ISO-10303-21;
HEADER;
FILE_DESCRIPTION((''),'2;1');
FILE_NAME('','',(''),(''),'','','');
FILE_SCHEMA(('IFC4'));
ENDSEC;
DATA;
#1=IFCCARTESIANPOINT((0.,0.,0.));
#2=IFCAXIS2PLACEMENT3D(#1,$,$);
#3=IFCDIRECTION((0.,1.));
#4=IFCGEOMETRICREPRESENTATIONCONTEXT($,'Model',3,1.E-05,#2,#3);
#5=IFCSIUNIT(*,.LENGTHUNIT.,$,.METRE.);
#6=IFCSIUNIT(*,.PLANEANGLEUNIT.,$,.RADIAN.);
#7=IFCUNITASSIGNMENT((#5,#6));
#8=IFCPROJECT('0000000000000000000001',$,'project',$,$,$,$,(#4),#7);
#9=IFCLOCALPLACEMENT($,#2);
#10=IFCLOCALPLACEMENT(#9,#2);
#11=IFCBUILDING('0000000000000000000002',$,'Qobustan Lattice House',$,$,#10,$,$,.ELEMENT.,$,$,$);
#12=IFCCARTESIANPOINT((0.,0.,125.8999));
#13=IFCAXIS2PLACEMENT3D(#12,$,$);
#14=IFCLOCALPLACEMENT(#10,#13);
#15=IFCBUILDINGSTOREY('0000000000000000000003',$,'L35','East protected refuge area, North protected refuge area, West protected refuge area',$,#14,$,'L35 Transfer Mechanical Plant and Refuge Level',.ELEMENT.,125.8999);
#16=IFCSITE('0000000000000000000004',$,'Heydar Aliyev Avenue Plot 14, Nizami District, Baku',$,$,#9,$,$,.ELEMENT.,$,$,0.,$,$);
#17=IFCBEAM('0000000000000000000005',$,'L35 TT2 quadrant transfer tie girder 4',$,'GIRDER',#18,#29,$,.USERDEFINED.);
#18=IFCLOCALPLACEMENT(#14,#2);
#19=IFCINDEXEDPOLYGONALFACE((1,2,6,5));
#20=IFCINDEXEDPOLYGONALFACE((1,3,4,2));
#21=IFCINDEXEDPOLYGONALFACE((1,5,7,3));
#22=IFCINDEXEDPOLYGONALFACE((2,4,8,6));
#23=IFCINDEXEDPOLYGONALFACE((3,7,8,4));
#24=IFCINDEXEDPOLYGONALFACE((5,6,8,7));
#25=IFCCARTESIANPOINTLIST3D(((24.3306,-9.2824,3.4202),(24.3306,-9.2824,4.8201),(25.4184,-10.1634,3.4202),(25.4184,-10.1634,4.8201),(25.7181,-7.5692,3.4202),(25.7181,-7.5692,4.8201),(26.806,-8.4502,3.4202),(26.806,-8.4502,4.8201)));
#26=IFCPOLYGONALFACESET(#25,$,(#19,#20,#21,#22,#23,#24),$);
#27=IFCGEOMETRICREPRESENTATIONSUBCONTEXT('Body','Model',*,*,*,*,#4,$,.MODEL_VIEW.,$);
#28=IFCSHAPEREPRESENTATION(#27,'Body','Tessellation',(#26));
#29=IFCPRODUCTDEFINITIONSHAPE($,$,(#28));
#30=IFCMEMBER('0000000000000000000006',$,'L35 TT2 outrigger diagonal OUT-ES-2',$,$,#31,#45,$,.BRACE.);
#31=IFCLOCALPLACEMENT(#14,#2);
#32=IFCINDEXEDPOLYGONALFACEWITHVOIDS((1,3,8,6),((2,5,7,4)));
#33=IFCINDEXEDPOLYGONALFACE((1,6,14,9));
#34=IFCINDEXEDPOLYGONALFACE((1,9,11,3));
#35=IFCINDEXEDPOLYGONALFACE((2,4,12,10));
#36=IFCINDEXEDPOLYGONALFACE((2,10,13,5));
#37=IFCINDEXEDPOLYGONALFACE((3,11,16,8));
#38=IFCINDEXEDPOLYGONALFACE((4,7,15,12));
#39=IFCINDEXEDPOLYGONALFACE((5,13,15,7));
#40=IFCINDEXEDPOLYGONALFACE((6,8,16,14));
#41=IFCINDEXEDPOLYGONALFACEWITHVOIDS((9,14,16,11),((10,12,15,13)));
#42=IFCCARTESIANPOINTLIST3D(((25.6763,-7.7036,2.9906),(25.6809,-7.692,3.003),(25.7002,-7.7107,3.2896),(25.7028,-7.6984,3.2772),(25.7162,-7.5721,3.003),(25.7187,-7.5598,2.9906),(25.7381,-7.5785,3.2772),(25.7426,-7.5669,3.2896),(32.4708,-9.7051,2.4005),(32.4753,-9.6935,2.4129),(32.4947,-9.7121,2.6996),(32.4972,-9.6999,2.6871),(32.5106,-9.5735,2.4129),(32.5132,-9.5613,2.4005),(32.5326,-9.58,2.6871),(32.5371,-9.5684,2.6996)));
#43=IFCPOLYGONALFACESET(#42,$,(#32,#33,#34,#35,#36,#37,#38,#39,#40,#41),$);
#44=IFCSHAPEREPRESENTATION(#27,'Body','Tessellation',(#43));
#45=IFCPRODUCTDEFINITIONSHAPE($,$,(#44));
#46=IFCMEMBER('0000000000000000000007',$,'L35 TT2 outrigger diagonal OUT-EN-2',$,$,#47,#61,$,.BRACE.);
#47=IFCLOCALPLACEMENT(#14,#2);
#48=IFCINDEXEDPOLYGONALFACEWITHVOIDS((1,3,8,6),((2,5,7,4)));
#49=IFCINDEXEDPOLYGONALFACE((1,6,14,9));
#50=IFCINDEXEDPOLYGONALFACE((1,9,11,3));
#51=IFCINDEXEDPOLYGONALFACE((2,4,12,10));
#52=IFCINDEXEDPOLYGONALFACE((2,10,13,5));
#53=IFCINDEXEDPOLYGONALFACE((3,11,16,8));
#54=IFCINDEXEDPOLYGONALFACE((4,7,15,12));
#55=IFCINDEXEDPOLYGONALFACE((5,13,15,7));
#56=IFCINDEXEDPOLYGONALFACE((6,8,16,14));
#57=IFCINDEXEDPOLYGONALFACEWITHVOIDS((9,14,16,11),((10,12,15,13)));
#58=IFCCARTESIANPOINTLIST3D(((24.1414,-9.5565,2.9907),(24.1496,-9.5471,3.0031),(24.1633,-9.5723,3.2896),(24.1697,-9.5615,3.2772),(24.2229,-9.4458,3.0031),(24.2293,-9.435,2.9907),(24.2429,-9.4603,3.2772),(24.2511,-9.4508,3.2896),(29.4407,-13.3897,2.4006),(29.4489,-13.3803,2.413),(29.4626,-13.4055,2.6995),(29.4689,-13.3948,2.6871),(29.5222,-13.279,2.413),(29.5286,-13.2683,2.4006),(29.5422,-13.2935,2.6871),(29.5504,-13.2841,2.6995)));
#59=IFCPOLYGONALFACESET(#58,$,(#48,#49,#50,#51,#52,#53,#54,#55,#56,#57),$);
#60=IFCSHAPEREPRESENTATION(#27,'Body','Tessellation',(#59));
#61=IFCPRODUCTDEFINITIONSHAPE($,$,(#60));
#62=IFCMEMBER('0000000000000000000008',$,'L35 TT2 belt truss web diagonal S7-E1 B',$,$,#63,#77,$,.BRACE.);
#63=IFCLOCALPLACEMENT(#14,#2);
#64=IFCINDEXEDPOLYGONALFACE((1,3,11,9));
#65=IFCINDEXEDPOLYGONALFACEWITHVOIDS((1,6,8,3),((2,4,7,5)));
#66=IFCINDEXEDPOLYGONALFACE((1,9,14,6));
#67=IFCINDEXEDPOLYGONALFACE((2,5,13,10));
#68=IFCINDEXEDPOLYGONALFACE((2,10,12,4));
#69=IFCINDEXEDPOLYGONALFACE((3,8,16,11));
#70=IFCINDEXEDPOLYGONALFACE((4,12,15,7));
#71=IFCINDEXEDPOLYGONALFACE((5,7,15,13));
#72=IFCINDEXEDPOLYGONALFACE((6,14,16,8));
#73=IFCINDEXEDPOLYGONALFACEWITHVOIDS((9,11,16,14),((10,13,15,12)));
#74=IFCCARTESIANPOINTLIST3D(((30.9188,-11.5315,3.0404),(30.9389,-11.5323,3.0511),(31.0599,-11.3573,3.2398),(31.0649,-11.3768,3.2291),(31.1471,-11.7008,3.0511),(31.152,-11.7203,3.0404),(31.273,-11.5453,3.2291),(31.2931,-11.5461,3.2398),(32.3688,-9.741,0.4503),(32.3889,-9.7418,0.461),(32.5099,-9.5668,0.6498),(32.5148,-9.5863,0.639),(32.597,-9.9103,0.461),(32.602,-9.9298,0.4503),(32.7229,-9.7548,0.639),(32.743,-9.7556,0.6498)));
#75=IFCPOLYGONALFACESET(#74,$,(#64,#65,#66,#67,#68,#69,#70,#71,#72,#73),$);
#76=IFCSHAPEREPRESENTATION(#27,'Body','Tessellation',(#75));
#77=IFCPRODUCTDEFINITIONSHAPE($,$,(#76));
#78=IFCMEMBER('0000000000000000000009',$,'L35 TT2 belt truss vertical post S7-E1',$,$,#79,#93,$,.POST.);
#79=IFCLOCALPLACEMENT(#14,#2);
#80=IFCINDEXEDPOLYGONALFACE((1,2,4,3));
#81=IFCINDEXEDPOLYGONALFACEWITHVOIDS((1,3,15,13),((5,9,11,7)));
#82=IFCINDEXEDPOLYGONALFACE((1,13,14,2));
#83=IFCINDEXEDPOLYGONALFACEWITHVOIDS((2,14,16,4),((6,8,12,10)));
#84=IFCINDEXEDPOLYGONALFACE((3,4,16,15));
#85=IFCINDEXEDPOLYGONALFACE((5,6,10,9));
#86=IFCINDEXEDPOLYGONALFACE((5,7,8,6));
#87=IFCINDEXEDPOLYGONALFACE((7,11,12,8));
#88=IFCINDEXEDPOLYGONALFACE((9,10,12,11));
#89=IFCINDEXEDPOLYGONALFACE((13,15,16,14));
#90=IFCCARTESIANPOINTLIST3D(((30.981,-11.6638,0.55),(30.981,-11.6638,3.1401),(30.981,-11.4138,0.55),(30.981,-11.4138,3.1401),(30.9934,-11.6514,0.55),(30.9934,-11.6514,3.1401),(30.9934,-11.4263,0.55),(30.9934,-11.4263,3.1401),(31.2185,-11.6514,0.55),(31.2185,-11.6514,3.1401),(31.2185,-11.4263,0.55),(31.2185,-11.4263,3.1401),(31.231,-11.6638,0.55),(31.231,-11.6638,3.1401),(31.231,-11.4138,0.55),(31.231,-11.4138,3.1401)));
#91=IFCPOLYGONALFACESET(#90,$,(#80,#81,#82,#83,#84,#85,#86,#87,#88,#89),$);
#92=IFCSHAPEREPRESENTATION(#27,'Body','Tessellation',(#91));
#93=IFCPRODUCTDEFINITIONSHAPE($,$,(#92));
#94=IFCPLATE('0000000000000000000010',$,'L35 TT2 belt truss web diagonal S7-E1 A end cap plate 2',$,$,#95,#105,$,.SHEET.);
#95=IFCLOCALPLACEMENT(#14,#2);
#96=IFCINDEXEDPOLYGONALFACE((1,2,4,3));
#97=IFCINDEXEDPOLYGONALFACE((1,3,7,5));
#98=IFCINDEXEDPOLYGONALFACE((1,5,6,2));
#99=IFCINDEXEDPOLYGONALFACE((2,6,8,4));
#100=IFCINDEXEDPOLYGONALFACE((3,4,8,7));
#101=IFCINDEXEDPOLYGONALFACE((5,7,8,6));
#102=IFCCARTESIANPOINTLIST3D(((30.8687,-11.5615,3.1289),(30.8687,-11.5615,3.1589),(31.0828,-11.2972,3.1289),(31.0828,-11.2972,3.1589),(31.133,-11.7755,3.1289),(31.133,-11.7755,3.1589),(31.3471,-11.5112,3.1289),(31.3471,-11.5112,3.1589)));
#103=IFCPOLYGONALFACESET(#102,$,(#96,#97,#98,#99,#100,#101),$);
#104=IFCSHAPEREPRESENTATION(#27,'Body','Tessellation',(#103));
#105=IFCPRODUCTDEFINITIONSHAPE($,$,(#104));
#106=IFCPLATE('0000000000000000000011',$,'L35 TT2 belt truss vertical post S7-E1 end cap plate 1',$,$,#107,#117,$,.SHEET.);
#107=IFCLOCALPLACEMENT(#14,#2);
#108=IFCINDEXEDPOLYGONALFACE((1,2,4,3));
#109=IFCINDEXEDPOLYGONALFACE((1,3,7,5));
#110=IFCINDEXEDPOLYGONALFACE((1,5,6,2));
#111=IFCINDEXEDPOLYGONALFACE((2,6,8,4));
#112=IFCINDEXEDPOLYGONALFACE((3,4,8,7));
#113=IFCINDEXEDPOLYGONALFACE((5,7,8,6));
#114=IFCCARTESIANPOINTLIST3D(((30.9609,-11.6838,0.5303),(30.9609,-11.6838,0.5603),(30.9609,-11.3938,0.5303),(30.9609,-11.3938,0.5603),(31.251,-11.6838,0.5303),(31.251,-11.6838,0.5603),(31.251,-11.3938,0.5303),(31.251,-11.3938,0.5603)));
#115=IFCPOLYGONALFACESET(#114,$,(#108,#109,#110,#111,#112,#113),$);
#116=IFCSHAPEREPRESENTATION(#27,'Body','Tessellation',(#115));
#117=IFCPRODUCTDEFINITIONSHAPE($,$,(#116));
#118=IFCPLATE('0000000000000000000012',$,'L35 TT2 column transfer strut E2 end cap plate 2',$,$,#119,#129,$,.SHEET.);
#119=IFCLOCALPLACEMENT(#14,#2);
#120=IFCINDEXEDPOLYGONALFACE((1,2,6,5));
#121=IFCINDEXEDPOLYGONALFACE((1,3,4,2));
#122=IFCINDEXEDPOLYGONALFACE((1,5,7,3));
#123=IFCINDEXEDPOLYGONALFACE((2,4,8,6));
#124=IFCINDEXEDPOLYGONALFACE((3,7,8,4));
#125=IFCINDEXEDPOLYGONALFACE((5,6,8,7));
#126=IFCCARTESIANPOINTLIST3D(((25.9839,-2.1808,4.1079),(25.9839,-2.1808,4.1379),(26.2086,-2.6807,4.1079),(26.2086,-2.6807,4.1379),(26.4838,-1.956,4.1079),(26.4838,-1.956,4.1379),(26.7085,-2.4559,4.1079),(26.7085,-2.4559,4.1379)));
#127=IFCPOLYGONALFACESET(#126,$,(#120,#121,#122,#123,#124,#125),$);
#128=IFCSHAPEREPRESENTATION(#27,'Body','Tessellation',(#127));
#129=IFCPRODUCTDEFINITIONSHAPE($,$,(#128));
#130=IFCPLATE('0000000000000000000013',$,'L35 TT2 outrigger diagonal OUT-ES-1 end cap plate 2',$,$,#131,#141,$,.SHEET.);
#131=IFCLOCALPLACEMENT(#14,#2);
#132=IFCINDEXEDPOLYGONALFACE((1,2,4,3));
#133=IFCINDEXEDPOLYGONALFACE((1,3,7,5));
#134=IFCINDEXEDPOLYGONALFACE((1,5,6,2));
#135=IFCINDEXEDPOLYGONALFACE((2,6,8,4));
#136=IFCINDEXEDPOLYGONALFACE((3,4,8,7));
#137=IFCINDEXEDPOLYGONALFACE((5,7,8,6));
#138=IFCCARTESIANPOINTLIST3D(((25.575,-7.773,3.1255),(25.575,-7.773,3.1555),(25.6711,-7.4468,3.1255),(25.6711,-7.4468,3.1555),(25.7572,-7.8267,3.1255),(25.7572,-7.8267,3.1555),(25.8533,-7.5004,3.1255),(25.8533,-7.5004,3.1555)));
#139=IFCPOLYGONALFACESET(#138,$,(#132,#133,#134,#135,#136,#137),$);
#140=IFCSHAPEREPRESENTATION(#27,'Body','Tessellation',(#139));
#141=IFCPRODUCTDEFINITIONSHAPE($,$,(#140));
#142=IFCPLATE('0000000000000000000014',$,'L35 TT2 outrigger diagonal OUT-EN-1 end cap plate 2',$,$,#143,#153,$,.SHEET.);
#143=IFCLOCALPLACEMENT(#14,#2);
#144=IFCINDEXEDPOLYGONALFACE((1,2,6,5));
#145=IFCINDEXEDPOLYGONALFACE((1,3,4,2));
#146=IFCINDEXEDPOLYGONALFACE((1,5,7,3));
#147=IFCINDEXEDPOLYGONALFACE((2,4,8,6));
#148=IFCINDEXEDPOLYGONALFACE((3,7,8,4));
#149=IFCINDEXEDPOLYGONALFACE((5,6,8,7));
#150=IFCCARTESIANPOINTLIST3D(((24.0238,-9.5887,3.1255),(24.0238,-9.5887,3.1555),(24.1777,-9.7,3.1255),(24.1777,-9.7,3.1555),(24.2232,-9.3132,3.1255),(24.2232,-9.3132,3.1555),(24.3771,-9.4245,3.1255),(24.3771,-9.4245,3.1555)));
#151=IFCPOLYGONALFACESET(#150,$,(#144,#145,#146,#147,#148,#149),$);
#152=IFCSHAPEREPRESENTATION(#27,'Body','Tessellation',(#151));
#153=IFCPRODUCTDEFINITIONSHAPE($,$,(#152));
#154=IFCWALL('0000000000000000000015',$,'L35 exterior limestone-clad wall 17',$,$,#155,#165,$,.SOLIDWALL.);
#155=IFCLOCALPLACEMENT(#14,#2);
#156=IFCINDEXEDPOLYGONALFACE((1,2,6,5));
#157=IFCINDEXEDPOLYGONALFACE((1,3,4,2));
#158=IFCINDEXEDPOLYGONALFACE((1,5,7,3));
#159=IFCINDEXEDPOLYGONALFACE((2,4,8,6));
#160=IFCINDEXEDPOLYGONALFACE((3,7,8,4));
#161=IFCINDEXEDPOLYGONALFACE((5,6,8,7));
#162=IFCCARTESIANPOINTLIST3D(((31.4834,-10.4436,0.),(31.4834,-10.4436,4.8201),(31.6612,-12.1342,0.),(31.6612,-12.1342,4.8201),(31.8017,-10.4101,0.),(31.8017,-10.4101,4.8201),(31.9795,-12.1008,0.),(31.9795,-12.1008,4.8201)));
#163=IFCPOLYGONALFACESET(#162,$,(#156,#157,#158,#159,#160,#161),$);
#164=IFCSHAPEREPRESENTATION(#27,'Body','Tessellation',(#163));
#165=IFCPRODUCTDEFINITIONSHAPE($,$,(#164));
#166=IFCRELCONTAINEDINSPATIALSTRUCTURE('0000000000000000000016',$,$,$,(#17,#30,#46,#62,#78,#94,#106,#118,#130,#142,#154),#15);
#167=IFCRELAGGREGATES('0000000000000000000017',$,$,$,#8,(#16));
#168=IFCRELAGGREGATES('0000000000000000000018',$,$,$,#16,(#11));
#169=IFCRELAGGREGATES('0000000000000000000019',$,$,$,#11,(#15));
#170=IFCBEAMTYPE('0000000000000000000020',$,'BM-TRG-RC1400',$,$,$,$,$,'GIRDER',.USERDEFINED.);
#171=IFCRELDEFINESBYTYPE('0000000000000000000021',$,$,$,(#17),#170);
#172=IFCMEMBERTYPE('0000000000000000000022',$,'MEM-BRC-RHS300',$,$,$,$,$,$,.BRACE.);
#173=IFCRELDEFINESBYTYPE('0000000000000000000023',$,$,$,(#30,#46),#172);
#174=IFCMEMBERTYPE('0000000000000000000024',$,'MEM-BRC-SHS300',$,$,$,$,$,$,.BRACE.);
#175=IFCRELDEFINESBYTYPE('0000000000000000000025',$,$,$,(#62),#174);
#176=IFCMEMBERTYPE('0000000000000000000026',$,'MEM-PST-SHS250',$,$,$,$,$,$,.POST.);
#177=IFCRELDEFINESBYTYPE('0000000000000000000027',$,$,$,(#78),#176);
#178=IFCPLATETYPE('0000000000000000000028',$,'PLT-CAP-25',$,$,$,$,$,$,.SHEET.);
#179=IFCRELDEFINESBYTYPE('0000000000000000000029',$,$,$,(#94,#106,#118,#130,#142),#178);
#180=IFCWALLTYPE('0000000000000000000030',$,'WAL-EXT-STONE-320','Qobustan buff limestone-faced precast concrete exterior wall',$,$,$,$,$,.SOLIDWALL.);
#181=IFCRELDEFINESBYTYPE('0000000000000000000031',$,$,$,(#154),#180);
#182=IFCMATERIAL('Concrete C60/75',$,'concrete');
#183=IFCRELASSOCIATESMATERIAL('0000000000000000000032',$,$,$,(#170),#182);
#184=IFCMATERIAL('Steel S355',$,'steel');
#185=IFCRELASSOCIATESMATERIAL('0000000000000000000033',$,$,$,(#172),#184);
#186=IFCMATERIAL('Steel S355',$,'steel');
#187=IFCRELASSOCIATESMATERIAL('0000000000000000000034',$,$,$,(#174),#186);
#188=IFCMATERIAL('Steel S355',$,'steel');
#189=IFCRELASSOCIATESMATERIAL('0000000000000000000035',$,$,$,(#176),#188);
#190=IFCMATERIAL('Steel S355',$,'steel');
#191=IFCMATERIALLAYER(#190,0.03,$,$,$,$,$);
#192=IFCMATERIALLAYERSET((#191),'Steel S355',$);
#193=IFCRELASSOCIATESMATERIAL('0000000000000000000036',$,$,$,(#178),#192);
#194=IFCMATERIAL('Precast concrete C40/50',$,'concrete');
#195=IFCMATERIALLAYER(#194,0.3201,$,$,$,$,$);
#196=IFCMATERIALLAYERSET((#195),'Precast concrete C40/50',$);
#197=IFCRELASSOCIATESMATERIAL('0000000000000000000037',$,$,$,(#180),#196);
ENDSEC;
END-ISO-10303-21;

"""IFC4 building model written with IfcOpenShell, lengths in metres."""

from ifc_helpers import new_model, si_unit, direction, frame, frame_2d, origin, origin_2d, place, context, subcontext, project, spatial, rectangle, hollow_rectangle, extrude, material, layer, layer_set, material_profile, profile_set, type_object, element, save


model = new_model("IFC4")

# Units and contexts
model_context = context("Model", 3, precision=1e-05, world=origin(), true_north=direction((0.0, 1.0)))
body_context = subcontext(model_context, "Body", "Model", "MODEL_VIEW")
ifc_project = project(units=[si_unit("LENGTHUNIT", "METRE"), si_unit("PLANEANGLEUNIT", "RADIAN")], contexts=[model_context])

# Site, building, storey
site_placement = place(None, origin())
site = spatial("IfcSite", under=ifc_project, at=site_placement, Name="Heydar Aliyev Avenue Plot 14, Nizami District, Baku", CompositionType="ELEMENT", RefElevation=0.0)
building_placement = place(site_placement, origin())
building = spatial("IfcBuilding", under=site, at=building_placement, Name="Qobustan Lattice House", CompositionType="ELEMENT")
storey_placement = place(building_placement, frame((0.0, 0.0, 125.8999)))
storey = spatial("IfcBuildingStorey", under=building, at=storey_placement, Name="L35", Description="East protected refuge area, North protected refuge area, West protected refuge area", LongName="L35 Transfer Mechanical Plant and Refuge Level", CompositionType="ELEMENT", Elevation=125.8999)

# Beam
ifc_material_1 = material(Name="Concrete C60/75", Category="concrete")
ifc_material_profile_1 = material_profile(ifc_material_1, rectangle(XDim=1.3999, YDim=1.3999, at=origin_2d()), Name="RC1400x1400")
ifc_profile_set_1 = profile_set([ifc_material_profile_1], Name="Concrete C60/75")
beam_type = type_object("IfcBeamType", Name="BM-TRG-RC1400", ElementType="GIRDER", PredefinedType="USERDEFINED", material=ifc_profile_set_1)
beam_placement = place(storey_placement, frame((24.8745, -9.7229, 4.1201), z_axis=(0.62937, 0.777106, 0.0), x_axis=(-0.777106, 0.62937, 0.0)))
element("IfcBeam", 1, at=beam_placement, inside=storey, type_object=beam_type, Name="L35 TT2 quadrant transfer tie girder 4", ObjectType="GIRDER", PredefinedType="USERDEFINED", context=body_context, shape_type="SweptSolid", body=[
    extrude(rectangle(XDim=1.3999, YDim=1.3999, at=origin_2d()), origin(), (0.0, 0.0, 1.0), 2.2046),
])

# Members
ifc_material_2 = material(Name="Steel S355", Category="steel")
ifc_material_profile_2 = material_profile(ifc_material_2, hollow_rectangle(XDim=0.1499, YDim=0.3, WallThickness=0.0125, at=origin_2d()), Name="RHS300x150x12.5")
ifc_profile_set_2 = profile_set([ifc_material_profile_2], Name="Steel S355")
member_type_1 = type_object("IfcMemberType", Name="MEM-BRC-RHS300", PredefinedType="BRACE", material=ifc_profile_set_2)
member_1_placement = place(storey_placement, frame((25.7095, -7.6353, 3.1401), z_axis=(0.955935, -0.281594, -0.083022), x_axis=(0.282569, 0.959247, 0.0)))
element("IfcMember", 2, at=member_1_placement, inside=storey, type_object=member_type_1, Name="L35 TT2 outrigger diagonal OUT-ES-2", PredefinedType="BRACE", context=body_context, shape_type="SweptSolid", body=[
    extrude(hollow_rectangle(XDim=0.1499, YDim=0.3, WallThickness=0.0125, at=origin_2d()), origin(), (0.0, 0.0, 1.0), 7.1077),
])
member_2_placement = place(storey_placement, frame((24.1963, -9.5037, 3.1401), z_axis=(0.806968, -0.583719, -0.089857), x_axis=(0.58609, 0.810246, 0.0)))
element("IfcMember", 3, at=member_2_placement, inside=storey, type_object=member_type_1, Name="L35 TT2 outrigger diagonal OUT-EN-2", PredefinedType="BRACE", context=body_context, shape_type="SweptSolid", body=[
    extrude(hollow_rectangle(XDim=0.1499, YDim=0.3, WallThickness=0.0125, at=origin_2d()), origin(), (0.0, 0.0, 1.0), 6.5669),
])
ifc_material_3 = material(Name="Steel S355", Category="steel")
ifc_material_profile_3 = material_profile(ifc_material_3, hollow_rectangle(XDim=0.3, YDim=0.3, WallThickness=0.0161, at=origin_2d()), Name="SHS300x300x16")
ifc_profile_set_3 = profile_set([ifc_material_profile_3], Name="Steel S355")
member_type_2 = type_object("IfcMemberType", Name="MEM-BRC-SHS300", PredefinedType="BRACE", material=ifc_profile_set_3)
member_3_placement = place(storey_placement, frame((31.106, -11.5388, 3.1401), z_axis=(0.41827, 0.516517, -0.747168), x_axis=(-0.777144, 0.629323, 0.0)))
element("IfcMember", 4, at=member_3_placement, inside=storey, type_object=member_type_2, Name="L35 TT2 belt truss web diagonal S7-E1 B", PredefinedType="BRACE", context=body_context, shape_type="SweptSolid", body=[
    extrude(hollow_rectangle(XDim=0.3, YDim=0.3, WallThickness=0.0161, at=origin_2d()), origin(), (0.0, 0.0, 1.0), 3.4666),
])
ifc_material_4 = material(Name="Steel S355", Category="steel")
ifc_material_profile_4 = material_profile(ifc_material_4, hollow_rectangle(XDim=0.25, YDim=0.25, WallThickness=0.0125, at=origin_2d()), Name="SHS250x250x12.5")
ifc_profile_set_4 = profile_set([ifc_material_profile_4], Name="Steel S355")
member_type_3 = type_object("IfcMemberType", Name="MEM-PST-SHS250", PredefinedType="POST", material=ifc_profile_set_4)
member_4_placement = place(storey_placement, frame((31.106, -11.5388, 0.55), z_axis=(0.0, 0.0, 1.0), x_axis=(1.0, 0.0, 0.0)))
element("IfcMember", 5, at=member_4_placement, inside=storey, type_object=member_type_3, Name="L35 TT2 belt truss vertical post S7-E1", PredefinedType="POST", context=body_context, shape_type="SweptSolid", body=[
    extrude(hollow_rectangle(XDim=0.25, YDim=0.25, WallThickness=0.0125, at=origin_2d()), origin(), (0.0, 0.0, 1.0), 2.5901),
])

# Plates
ifc_material_5 = material(Name="Steel S355", Category="steel")
ifc_layer_1 = layer(ifc_material_5, 0.03)
ifc_layer_set_1 = layer_set([ifc_layer_1], Name="Steel S355")
plate_type = type_object("IfcPlateType", Name="PLT-CAP-25", PredefinedType="SHEET", material=ifc_layer_set_1)
plate_1_placement = place(storey_placement, frame((31.1079, -11.5364, 3.1289), z_axis=(0.0, 0.0, 1.0), x_axis=(0.629348, 0.777124, 0.0)))
element("IfcPlate", 6, at=plate_1_placement, inside=storey, type_object=plate_type, Name="L35 TT2 belt truss web diagonal S7-E1 A end cap plate 2", PredefinedType="SHEET", context=body_context, shape_type="SweptSolid", body=[
    extrude(rectangle(XDim=0.3401, YDim=0.3401, at=origin_2d()), origin(), (0.0, 0.0, 1.0), 0.03),
])
plate_2_placement = place(storey_placement, frame((31.106, -11.5388, 0.5303), z_axis=(0.0, 0.0, 1.0), x_axis=(1.0, 0.0, 0.0)))
element("IfcPlate", 7, at=plate_2_placement, inside=storey, type_object=plate_type, Name="L35 TT2 belt truss vertical post S7-E1 end cap plate 1", PredefinedType="SHEET", context=body_context, shape_type="SweptSolid", body=[
    extrude(rectangle(XDim=0.29, YDim=0.29, at=origin_2d()), origin(), (0.0, 0.0, 1.0), 0.03),
])
plate_3_placement = place(storey_placement, frame((26.3462, -2.3184, 4.1079), z_axis=(0.0, 0.0, 1.0), x_axis=(-0.912063, -0.41005, 0.0)))
element("IfcPlate", 8, at=plate_3_placement, inside=storey, type_object=plate_type, Name="L35 TT2 column transfer strut E2 end cap plate 2", PredefinedType="SHEET", context=body_context, shape_type="SweptSolid", body=[
    extrude(rectangle(XDim=0.5481, YDim=0.5481, at=origin_2d()), origin(), (0.0, 0.0, 1.0), 0.03),
])
for number, where, z_axis, x_axis, name in (
    (9, (25.7141, -7.6367, 3.1255), (0.0, 0.0, 1.0), (0.95925, -0.282559, 0.0), "L35 TT2 outrigger diagonal OUT-ES-1 end cap plate 2"),
    (10, (24.2004, -9.5066, 3.1255), (0.0, 0.0, 1.0), (0.810236, -0.586104, 0.0), "L35 TT2 outrigger diagonal OUT-EN-1 end cap plate 2"),
):
    element("IfcPlate", number, at=place(storey_placement, frame(where, z_axis=z_axis, x_axis=x_axis)), inside=storey, type_object=plate_type, Name=name, PredefinedType="SHEET", context=body_context, shape_type="SweptSolid", body=[
        extrude(rectangle(XDim=0.1899, YDim=0.3401, at=origin_2d()), origin(), (0.0, 0.0, 1.0), 0.03),
    ])

# Wall
ifc_material_6 = material(Name="Precast concrete C40/50", Category="concrete")
ifc_layer_2 = layer(ifc_material_6, 0.3201)
ifc_layer_set_2 = layer_set([ifc_layer_2], Name="Precast concrete C40/50")
wall_type_1 = type_object("IfcWallType", Name="WAL-EXT-STONE-320", Description="Qobustan buff limestone-faced precast concrete exterior wall", PredefinedType="SOLIDWALL", material=ifc_layer_set_2)
wall_1_placement = place(storey_placement, frame((31.6426, -10.4268, 0.0), z_axis=(0.0, 0.0, 1.0), x_axis=(0.10455, -0.99452, 0.0)))
element("IfcWall", 11, at=wall_1_placement, inside=storey, type_object=wall_type_1, Name="L35 exterior limestone-clad wall 17", PredefinedType="SOLIDWALL", context=body_context, shape_type="SweptSolid", body=[
    extrude(rectangle(XDim=1.7, YDim=0.3201, at=frame_2d((0.8501, 0.0))), origin(), (0.0, 0.0, 1.0), 4.8201),
])

save(model, "model.ifc")
